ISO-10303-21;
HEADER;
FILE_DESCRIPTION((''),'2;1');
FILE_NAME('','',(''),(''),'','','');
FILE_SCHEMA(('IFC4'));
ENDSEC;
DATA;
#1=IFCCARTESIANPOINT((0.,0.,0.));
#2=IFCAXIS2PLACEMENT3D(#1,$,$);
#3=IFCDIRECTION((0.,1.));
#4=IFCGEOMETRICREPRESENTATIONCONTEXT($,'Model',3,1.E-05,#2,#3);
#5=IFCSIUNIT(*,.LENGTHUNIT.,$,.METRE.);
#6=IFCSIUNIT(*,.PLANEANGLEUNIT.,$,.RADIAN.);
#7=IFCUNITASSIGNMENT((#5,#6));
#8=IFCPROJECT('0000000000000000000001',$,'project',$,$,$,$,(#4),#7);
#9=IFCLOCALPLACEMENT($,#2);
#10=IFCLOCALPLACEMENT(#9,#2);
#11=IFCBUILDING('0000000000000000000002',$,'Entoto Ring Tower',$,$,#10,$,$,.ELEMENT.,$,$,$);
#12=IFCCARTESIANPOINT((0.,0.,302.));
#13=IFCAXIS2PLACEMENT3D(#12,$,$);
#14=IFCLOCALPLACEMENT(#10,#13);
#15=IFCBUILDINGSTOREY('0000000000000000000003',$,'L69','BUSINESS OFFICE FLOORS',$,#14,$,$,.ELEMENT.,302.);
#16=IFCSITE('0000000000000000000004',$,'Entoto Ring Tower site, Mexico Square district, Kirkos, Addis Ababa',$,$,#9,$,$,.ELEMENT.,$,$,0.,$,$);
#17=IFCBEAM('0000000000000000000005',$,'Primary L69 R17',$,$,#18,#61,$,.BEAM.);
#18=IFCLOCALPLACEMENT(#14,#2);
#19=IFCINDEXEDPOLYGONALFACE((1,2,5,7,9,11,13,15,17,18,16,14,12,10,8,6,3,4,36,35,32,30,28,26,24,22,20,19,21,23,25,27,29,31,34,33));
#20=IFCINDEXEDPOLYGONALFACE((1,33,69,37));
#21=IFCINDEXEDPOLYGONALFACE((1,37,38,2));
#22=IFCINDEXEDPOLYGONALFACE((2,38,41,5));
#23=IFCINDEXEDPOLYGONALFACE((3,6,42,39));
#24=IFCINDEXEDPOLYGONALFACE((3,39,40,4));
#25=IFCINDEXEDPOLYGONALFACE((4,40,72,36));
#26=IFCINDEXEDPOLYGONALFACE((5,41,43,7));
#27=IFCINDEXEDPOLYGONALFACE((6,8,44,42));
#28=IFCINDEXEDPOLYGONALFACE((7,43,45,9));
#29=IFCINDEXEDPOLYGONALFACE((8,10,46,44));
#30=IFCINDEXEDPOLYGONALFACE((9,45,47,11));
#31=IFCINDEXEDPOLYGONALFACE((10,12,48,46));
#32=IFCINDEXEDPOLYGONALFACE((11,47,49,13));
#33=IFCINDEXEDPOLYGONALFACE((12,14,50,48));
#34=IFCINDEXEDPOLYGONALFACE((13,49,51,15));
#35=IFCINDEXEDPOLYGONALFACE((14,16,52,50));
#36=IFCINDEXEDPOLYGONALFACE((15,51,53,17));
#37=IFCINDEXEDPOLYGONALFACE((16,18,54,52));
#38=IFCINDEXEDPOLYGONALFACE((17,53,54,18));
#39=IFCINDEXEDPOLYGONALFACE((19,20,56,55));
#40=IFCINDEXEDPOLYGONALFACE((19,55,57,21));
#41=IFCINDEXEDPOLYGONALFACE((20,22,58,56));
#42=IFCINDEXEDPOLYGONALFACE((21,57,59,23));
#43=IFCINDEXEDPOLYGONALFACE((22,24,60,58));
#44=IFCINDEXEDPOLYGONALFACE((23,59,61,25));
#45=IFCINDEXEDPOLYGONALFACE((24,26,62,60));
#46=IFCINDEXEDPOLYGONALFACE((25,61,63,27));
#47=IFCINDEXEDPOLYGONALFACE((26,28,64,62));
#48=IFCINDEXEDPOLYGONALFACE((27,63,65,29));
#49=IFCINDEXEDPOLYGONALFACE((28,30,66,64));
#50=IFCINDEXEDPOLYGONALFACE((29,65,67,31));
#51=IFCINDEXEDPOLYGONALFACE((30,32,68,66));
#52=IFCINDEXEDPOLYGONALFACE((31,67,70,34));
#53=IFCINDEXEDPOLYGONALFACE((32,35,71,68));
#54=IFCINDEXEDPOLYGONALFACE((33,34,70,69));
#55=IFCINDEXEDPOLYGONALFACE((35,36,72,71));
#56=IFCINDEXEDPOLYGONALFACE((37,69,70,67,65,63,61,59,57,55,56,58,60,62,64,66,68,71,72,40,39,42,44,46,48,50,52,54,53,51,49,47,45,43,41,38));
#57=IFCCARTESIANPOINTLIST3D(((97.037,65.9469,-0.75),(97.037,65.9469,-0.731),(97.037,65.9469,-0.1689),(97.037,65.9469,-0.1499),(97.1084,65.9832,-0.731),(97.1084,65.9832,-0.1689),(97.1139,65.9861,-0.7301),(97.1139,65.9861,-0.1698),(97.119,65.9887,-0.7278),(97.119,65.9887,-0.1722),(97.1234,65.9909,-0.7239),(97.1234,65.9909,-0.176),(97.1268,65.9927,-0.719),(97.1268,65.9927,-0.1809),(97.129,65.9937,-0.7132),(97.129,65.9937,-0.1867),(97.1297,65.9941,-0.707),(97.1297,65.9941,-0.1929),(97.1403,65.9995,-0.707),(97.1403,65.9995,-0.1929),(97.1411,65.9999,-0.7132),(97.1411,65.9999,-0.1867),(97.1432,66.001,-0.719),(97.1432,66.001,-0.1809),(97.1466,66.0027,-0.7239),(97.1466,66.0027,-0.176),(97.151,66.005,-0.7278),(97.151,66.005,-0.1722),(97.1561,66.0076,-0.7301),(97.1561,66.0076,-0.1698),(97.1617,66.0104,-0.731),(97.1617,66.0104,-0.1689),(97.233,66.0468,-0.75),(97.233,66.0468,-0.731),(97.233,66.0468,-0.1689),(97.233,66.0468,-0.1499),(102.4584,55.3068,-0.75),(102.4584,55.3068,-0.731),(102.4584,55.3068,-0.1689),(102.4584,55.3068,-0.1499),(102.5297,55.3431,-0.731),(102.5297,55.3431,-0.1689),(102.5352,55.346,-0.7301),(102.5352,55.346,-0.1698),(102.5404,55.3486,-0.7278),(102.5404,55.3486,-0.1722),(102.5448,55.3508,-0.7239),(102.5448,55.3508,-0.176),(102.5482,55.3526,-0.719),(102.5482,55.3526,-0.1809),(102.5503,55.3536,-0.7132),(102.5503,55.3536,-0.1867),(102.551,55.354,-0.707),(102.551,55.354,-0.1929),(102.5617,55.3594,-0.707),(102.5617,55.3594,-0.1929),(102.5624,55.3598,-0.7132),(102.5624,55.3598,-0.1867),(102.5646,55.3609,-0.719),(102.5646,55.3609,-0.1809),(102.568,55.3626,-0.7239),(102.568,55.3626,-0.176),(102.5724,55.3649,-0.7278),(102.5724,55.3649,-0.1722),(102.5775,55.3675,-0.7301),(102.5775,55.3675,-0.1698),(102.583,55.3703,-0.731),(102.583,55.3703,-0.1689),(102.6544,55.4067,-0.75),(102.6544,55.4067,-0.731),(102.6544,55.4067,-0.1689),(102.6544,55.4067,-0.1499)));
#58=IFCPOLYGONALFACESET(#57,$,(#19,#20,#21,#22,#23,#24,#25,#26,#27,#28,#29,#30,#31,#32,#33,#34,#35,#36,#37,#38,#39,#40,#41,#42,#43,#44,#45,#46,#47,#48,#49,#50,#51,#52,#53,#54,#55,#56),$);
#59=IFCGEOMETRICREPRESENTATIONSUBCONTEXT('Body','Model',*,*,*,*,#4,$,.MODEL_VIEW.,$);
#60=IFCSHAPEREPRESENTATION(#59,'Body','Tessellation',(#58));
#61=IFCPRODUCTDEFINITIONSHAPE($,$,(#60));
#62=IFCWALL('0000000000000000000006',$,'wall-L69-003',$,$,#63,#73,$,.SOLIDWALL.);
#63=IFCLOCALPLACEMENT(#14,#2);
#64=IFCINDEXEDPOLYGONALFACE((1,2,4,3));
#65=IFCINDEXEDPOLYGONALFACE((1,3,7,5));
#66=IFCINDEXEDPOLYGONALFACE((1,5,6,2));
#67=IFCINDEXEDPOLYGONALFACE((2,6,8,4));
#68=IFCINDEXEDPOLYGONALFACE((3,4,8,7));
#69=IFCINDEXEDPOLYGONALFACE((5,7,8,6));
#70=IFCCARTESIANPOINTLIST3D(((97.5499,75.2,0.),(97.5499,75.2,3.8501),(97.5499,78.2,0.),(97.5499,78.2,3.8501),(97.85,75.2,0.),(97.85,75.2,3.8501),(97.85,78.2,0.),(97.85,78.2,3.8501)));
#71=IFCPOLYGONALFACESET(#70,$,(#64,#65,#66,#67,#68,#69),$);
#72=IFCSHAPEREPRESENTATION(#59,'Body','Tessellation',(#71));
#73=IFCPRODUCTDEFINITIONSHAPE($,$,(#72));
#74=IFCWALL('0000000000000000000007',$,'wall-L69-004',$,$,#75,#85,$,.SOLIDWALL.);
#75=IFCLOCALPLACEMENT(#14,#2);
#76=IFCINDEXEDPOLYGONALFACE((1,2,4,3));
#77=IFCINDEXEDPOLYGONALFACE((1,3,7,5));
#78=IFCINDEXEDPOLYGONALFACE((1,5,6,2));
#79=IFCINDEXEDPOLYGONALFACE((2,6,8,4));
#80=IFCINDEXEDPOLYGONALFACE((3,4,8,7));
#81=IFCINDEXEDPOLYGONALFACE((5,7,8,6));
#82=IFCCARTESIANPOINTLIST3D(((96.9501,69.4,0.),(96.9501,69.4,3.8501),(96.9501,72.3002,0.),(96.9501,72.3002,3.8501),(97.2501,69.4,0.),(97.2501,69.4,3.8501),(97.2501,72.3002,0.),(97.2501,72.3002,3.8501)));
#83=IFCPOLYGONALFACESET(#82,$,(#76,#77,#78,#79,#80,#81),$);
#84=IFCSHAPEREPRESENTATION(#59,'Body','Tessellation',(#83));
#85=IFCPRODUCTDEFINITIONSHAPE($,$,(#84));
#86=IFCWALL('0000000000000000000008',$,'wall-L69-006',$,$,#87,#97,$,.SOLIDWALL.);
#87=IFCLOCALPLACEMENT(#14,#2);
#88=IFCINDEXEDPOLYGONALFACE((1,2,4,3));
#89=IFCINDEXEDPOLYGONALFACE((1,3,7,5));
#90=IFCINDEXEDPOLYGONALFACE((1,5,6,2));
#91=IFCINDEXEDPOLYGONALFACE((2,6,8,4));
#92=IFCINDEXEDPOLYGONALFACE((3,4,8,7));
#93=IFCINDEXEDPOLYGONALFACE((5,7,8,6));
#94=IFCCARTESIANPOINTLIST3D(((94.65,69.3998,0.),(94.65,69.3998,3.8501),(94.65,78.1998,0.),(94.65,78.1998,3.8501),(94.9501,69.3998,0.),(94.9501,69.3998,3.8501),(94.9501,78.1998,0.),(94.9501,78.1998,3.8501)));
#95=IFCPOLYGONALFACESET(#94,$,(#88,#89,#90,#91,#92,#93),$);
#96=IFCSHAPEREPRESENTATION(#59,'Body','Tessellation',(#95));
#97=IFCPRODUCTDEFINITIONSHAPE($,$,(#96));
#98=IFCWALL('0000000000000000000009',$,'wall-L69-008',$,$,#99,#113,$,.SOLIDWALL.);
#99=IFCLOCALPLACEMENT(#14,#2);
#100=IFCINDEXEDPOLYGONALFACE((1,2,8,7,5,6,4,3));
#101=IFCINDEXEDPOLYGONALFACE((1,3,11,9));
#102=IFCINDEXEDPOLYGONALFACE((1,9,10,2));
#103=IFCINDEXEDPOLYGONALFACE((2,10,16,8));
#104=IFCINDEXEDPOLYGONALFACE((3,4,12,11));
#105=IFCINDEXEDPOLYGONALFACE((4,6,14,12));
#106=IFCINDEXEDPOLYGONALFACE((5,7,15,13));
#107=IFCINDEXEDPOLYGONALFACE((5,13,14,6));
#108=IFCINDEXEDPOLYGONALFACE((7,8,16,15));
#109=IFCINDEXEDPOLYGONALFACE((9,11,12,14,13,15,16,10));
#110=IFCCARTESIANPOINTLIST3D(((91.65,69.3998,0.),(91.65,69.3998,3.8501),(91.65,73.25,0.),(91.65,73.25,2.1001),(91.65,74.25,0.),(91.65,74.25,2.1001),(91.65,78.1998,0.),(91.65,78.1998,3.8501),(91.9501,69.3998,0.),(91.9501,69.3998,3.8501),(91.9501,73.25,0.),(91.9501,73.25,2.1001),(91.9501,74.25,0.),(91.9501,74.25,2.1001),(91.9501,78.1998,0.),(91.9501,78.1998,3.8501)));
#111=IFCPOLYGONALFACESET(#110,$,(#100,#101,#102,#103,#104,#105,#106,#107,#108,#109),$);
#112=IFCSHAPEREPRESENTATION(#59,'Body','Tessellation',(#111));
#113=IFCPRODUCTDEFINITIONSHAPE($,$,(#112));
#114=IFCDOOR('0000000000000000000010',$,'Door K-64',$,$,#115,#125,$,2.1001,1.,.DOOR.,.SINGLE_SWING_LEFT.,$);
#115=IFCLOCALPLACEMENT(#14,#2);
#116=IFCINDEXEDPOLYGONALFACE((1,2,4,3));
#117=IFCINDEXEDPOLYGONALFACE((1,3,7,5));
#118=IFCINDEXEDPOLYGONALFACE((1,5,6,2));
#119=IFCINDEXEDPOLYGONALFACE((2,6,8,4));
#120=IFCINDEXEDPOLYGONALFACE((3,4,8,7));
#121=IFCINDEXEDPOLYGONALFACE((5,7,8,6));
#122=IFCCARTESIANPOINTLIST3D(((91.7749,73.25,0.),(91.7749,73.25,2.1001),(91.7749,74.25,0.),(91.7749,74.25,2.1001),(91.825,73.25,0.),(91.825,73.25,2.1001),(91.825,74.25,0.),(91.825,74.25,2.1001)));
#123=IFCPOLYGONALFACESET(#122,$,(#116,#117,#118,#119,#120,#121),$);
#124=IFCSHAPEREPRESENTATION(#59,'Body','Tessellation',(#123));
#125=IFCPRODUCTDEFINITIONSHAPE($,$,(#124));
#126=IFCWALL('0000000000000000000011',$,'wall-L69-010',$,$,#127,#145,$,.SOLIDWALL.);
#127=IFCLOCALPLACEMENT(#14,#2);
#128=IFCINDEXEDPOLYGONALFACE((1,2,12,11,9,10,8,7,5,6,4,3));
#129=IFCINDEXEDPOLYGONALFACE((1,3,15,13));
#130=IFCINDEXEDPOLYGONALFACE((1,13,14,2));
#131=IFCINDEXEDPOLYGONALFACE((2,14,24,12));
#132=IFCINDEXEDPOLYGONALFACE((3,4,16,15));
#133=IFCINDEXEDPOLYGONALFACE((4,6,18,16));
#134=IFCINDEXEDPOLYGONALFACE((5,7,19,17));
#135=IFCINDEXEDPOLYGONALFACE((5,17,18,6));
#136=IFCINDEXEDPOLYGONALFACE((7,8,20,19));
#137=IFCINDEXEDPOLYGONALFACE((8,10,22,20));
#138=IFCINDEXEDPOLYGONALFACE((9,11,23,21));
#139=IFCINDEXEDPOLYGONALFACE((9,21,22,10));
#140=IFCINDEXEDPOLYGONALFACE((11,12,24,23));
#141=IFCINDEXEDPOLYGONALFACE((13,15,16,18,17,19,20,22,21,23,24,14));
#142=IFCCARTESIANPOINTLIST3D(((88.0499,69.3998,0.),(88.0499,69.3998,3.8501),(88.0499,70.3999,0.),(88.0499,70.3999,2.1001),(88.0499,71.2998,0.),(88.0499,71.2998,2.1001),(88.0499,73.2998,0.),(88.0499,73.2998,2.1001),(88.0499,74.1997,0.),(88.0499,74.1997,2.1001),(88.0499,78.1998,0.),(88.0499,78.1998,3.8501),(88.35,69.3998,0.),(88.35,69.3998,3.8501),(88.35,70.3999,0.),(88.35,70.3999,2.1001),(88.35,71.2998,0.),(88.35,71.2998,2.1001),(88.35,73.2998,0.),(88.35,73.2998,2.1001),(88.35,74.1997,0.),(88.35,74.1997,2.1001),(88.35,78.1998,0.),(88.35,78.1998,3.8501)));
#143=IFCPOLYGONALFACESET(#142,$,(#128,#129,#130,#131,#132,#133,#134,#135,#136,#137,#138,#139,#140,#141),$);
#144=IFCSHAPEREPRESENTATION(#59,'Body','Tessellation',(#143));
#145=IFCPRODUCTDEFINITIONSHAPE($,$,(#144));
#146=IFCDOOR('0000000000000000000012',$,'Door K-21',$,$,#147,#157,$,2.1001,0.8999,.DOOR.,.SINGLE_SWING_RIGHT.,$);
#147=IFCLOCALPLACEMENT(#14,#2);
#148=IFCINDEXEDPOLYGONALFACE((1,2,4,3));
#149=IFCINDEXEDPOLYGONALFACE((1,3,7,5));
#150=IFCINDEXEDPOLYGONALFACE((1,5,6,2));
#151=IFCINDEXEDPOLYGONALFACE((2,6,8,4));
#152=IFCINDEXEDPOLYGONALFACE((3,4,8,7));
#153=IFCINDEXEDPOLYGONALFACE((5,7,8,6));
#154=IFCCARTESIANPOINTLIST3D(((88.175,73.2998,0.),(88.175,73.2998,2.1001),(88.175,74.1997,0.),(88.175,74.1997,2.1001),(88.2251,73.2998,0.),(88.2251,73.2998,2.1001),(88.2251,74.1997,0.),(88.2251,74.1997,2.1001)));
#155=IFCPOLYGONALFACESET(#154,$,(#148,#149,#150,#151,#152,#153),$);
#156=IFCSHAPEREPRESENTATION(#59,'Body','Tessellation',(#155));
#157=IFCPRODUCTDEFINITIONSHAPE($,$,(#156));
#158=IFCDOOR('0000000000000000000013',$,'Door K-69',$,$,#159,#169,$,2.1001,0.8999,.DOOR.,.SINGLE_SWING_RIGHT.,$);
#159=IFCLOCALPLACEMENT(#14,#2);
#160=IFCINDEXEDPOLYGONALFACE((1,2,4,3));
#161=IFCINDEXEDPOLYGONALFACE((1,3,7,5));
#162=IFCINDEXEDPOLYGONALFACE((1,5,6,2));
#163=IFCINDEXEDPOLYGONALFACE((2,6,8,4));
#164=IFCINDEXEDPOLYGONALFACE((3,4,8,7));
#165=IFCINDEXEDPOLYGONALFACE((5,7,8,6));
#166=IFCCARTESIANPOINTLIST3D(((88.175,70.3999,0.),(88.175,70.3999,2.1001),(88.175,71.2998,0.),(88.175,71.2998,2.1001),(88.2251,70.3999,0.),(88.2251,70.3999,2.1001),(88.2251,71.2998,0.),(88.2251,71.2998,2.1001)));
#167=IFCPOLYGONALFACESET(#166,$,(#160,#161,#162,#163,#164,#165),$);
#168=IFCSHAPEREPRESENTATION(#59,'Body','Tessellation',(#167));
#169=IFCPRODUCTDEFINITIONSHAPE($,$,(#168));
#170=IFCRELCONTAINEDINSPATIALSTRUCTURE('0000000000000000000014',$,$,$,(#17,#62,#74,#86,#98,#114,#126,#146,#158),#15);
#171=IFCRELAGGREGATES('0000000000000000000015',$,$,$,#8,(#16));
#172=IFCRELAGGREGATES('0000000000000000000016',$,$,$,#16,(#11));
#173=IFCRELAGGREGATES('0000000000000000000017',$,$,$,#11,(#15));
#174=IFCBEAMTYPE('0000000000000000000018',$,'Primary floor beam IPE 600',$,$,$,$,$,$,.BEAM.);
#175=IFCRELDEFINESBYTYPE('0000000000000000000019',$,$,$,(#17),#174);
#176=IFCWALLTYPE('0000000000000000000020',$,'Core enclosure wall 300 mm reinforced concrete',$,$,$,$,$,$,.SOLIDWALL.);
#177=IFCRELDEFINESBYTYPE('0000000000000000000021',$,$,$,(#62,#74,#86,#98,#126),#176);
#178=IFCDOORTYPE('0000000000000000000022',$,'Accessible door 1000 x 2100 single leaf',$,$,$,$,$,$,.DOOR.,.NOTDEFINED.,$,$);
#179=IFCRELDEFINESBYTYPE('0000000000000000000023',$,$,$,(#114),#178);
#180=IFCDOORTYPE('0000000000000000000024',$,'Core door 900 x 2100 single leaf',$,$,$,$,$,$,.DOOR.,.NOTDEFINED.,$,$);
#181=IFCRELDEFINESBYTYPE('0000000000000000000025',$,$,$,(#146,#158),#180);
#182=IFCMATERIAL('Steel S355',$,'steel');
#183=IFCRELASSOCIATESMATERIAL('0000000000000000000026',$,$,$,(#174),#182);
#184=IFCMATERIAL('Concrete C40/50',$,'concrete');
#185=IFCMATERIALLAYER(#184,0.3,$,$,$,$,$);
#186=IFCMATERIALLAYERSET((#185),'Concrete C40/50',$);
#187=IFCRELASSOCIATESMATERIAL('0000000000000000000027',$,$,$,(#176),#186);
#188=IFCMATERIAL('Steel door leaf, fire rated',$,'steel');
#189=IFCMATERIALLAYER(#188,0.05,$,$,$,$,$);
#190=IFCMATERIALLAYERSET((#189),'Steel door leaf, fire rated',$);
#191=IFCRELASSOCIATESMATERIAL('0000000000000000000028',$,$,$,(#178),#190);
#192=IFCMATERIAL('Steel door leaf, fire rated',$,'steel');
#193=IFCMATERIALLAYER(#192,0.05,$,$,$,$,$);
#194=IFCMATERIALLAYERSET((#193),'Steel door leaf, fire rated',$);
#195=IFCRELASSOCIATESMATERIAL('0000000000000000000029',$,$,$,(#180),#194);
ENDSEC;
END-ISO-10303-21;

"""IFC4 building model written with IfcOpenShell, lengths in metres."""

from ifc_helpers import new_model, si_unit, direction, frame, frame_2d, origin, origin_2d, place, context, subcontext, project, spatial, rectangle, i_section, extrude, material, layer, layer_set, material_profile, profile_set, type_object, element, fill, save


model = new_model("IFC4")

# Units and contexts
model_context = context("Model", 3, precision=1e-05, world=origin(), true_north=direction((0.0, 1.0)))
body_context = subcontext(model_context, "Body", "Model", "MODEL_VIEW")
ifc_project = project(units=[si_unit("LENGTHUNIT", "METRE"), si_unit("PLANEANGLEUNIT", "RADIAN")], contexts=[model_context])

# Site, building, storey
site_placement = place(None, origin())
site = spatial("IfcSite", under=ifc_project, at=site_placement, Name="Entoto Ring Tower site, Mexico Square district, Kirkos, Addis Ababa", CompositionType="ELEMENT", RefElevation=0.0)
building_placement = place(site_placement, origin())
building = spatial("IfcBuilding", under=site, at=building_placement, Name="Entoto Ring Tower", CompositionType="ELEMENT")
storey_placement = place(building_placement, frame((0.0, 0.0, 302.0)))
storey = spatial("IfcBuildingStorey", under=building, at=storey_placement, Name="L69", Description="BUSINESS OFFICE FLOORS", CompositionType="ELEMENT", Elevation=302.0)

# Beam
ifc_material_1 = material(Name="Steel S355", Category="steel")
ifc_material_profile = material_profile(ifc_material_1, i_section(OverallWidth=0.22, OverallDepth=0.6001, WebThickness=0.012, FlangeThickness=0.019, FilletRadius=0.0239, at=origin_2d()), Name="IPE 600")
ifc_profile_set = profile_set([ifc_material_profile], Name="Steel S355")
beam_type = type_object("IfcBeamType", Name="Primary floor beam IPE 600", PredefinedType="BEAM", material=ifc_profile_set)
beam_placement = place(storey_placement, frame((97.135, 65.9968, -0.45), z_axis=(0.453988, -0.891008, 0.0), x_axis=(0.891008, 0.453988, 0.0)))
element("IfcBeam", 1, at=beam_placement, inside=storey, type_object=beam_type, Name="Primary L69 R17", PredefinedType="BEAM", context=body_context, shape_type="SweptSolid", body=[
    extrude(i_section(OverallWidth=0.22, OverallDepth=0.6001, WebThickness=0.012, FlangeThickness=0.019, FilletRadius=0.0239, at=origin_2d()), origin(), (0.0, 0.0, 1.0), 11.9417),
])

# Walls
ifc_material_2 = material(Name="Concrete C40/50", Category="concrete")
ifc_layer_1 = layer(ifc_material_2, 0.3)
ifc_layer_set_1 = layer_set([ifc_layer_1], Name="Concrete C40/50")
wall_type_1 = type_object("IfcWallType", Name="Core enclosure wall 300 mm reinforced concrete", PredefinedType="SOLIDWALL", material=ifc_layer_set_1)
wall_1_placement = place(storey_placement, frame((97.7, 75.2, 0.0), z_axis=(0.0, 0.0, 1.0), x_axis=(0.0, 1.0, 0.0)))
element("IfcWall", 2, at=wall_1_placement, inside=storey, type_object=wall_type_1, Name="wall-L69-003", PredefinedType="SOLIDWALL", context=body_context, shape_type="SweptSolid", body=[
    extrude(rectangle(XDim=3.0, YDim=0.3, at=frame_2d((1.5, 0.0))), origin(), (0.0, 0.0, 1.0), 3.8501),
])
wall_2_placement = place(storey_placement, frame((97.1001, 69.3999, 0.0), z_axis=(0.0, 0.0, 1.0), x_axis=(0.0, 1.0, 0.0)))
element("IfcWall", 3, at=wall_2_placement, inside=storey, type_object=wall_type_1, Name="wall-L69-004", PredefinedType="SOLIDWALL", context=body_context, shape_type="SweptSolid", body=[
    extrude(rectangle(XDim=2.9001, YDim=0.3, at=frame_2d((1.4502, 0.0))), origin(), (0.0, 0.0, 1.0), 3.8501),
])
wall_3_placement = place(storey_placement, frame((94.8, 69.3999, 0.0), z_axis=(0.0, 0.0, 1.0), x_axis=(0.0, 1.0, 0.0)))
element("IfcWall", 4, at=wall_3_placement, inside=storey, type_object=wall_type_1, Name="wall-L69-006", PredefinedType="SOLIDWALL", context=body_context, shape_type="SweptSolid", body=[
    extrude(rectangle(XDim=8.8, YDim=0.3, at=frame_2d((4.3999, 0.0))), origin(), (0.0, 0.0, 1.0), 3.8501),
])

# Wall, opening, door
wall_4_placement = place(storey_placement, frame((91.8, 69.3999, 0.0), z_axis=(0.0, 0.0, 1.0), x_axis=(0.0, 1.0, 0.0)))
wall_4 = element("IfcWall", 5, at=wall_4_placement, inside=storey, type_object=wall_type_1, Name="wall-L69-008", PredefinedType="SOLIDWALL", context=body_context, shape_type="SweptSolid", body=[
    extrude(rectangle(XDim=8.8, YDim=0.3, at=frame_2d((4.3999, 0.0))), origin(), (0.0, 0.0, 1.0), 3.8501),
])
opening_1_placement = place(wall_4_placement, frame((3.8501, 0.0, 0.0)))
opening_1 = element("IfcOpeningElement", 6, at=opening_1_placement, cuts=wall_4, PredefinedType="OPENING", context=body_context, shape_type="SweptSolid", body=[
    extrude(rectangle(XDim=1.0, YDim=2.1001, at=frame_2d((0.5, 1.05))), frame((0.0, 0.1602, 0.0), z_axis=(0.0, -1.0, 0.0), x_axis=(1.0, 0.0, 0.0)), (0.0, 0.0, 1.0), 0.3201),
])
ifc_material_3 = material(Name="Steel door leaf, fire rated", Category="steel")
ifc_layer_2 = layer(ifc_material_3, 0.05)
ifc_layer_set_2 = layer_set([ifc_layer_2], Name="Steel door leaf, fire rated")
door_type_1 = type_object("IfcDoorType", Name="Accessible door 1000 x 2100 single leaf", OperationType="NOTDEFINED", PredefinedType="DOOR", material=ifc_layer_set_2)
door_1_placement = place(opening_1_placement, frame((1.0, 0.0, 0.0), z_axis=(0.0, 0.0, 1.0), x_axis=(-1.0, 0.0, 0.0)))
door_1 = element("IfcDoor", 7, at=door_1_placement, inside=storey, type_object=door_type_1, Name="Door K-64", OperationType="SINGLE_SWING_LEFT", OverallHeight=2.1001, OverallWidth=1.0, PredefinedType="DOOR", context=body_context, shape_type="SweptSolid", body=[
    extrude(rectangle(XDim=1.0, YDim=2.1001, at=frame_2d((0.5, 1.05))), frame((0.0, 0.0249, 0.0), z_axis=(0.0, -1.0, 0.0), x_axis=(1.0, 0.0, 0.0)), (0.0, 0.0, 1.0), 0.05),
])
fill(opening_1, door_1)

# Wall, openings, doors
wall_5_placement = place(storey_placement, frame((88.2, 69.3999, 0.0), z_axis=(0.0, 0.0, 1.0), x_axis=(0.0, 1.0, 0.0)))
wall_5 = element("IfcWall", 8, at=wall_5_placement, inside=storey, type_object=wall_type_1, Name="wall-L69-010", PredefinedType="SOLIDWALL", context=body_context, shape_type="SweptSolid", body=[
    extrude(rectangle(XDim=8.8, YDim=0.3, at=frame_2d((4.3999, 0.0))), origin(), (0.0, 0.0, 1.0), 3.8501),
])
opening_2_placement = place(wall_5_placement, frame((3.8999, 0.0, 0.0)))
opening_2 = element("IfcOpeningElement", 9, at=opening_2_placement, cuts=wall_5, PredefinedType="OPENING", context=body_context, shape_type="SweptSolid", body=[
    extrude(rectangle(XDim=0.8999, YDim=2.1001, at=frame_2d((0.45, 1.05))), frame((0.0, 0.1602, 0.0), z_axis=(0.0, -1.0, 0.0), x_axis=(1.0, 0.0, 0.0)), (0.0, 0.0, 1.0), 0.3201),
])
opening_3_placement = place(wall_5_placement, frame((1.0, 0.0, 0.0)))
opening_3 = element("IfcOpeningElement", 10, at=opening_3_placement, cuts=wall_5, PredefinedType="OPENING", context=body_context, shape_type="SweptSolid", body=[
    extrude(rectangle(XDim=0.8999, YDim=2.1001, at=frame_2d((0.45, 1.05))), frame((0.0, 0.1602, 0.0), z_axis=(0.0, -1.0, 0.0), x_axis=(1.0, 0.0, 0.0)), (0.0, 0.0, 1.0), 0.3201),
])
ifc_material_4 = material(Name="Steel door leaf, fire rated", Category="steel")
ifc_layer_3 = layer(ifc_material_4, 0.05)
ifc_layer_set_3 = layer_set([ifc_layer_3], Name="Steel door leaf, fire rated")
door_type_2 = type_object("IfcDoorType", Name="Core door 900 x 2100 single leaf", OperationType="NOTDEFINED", PredefinedType="DOOR", material=ifc_layer_set_3)
door_2_placement = place(opening_2_placement, origin())
door_2 = element("IfcDoor", 11, at=door_2_placement, inside=storey, type_object=door_type_2, Name="Door K-21", OperationType="SINGLE_SWING_RIGHT", OverallHeight=2.1001, OverallWidth=0.8999, PredefinedType="DOOR", context=body_context, shape_type="SweptSolid", body=[
    extrude(rectangle(XDim=0.8999, YDim=2.1001, at=frame_2d((0.45, 1.05))), frame((0.0, 0.0249, 0.0), z_axis=(0.0, -1.0, 0.0), x_axis=(1.0, 0.0, 0.0)), (0.0, 0.0, 1.0), 0.05),
])
fill(opening_2, door_2)
door_3_placement = place(opening_3_placement, origin())
door_3 = element("IfcDoor", 12, at=door_3_placement, inside=storey, type_object=door_type_2, Name="Door K-69", OperationType="SINGLE_SWING_RIGHT", OverallHeight=2.1001, OverallWidth=0.8999, PredefinedType="DOOR", context=body_context, shape_type="SweptSolid", body=[
    extrude(rectangle(XDim=0.8999, YDim=2.1001, at=frame_2d((0.45, 1.05))), frame((0.0, 0.0249, 0.0), z_axis=(0.0, -1.0, 0.0), x_axis=(1.0, 0.0, 0.0)), (0.0, 0.0, 1.0), 0.05),
])
fill(opening_3, door_3)

save(model, "model.ifc")
